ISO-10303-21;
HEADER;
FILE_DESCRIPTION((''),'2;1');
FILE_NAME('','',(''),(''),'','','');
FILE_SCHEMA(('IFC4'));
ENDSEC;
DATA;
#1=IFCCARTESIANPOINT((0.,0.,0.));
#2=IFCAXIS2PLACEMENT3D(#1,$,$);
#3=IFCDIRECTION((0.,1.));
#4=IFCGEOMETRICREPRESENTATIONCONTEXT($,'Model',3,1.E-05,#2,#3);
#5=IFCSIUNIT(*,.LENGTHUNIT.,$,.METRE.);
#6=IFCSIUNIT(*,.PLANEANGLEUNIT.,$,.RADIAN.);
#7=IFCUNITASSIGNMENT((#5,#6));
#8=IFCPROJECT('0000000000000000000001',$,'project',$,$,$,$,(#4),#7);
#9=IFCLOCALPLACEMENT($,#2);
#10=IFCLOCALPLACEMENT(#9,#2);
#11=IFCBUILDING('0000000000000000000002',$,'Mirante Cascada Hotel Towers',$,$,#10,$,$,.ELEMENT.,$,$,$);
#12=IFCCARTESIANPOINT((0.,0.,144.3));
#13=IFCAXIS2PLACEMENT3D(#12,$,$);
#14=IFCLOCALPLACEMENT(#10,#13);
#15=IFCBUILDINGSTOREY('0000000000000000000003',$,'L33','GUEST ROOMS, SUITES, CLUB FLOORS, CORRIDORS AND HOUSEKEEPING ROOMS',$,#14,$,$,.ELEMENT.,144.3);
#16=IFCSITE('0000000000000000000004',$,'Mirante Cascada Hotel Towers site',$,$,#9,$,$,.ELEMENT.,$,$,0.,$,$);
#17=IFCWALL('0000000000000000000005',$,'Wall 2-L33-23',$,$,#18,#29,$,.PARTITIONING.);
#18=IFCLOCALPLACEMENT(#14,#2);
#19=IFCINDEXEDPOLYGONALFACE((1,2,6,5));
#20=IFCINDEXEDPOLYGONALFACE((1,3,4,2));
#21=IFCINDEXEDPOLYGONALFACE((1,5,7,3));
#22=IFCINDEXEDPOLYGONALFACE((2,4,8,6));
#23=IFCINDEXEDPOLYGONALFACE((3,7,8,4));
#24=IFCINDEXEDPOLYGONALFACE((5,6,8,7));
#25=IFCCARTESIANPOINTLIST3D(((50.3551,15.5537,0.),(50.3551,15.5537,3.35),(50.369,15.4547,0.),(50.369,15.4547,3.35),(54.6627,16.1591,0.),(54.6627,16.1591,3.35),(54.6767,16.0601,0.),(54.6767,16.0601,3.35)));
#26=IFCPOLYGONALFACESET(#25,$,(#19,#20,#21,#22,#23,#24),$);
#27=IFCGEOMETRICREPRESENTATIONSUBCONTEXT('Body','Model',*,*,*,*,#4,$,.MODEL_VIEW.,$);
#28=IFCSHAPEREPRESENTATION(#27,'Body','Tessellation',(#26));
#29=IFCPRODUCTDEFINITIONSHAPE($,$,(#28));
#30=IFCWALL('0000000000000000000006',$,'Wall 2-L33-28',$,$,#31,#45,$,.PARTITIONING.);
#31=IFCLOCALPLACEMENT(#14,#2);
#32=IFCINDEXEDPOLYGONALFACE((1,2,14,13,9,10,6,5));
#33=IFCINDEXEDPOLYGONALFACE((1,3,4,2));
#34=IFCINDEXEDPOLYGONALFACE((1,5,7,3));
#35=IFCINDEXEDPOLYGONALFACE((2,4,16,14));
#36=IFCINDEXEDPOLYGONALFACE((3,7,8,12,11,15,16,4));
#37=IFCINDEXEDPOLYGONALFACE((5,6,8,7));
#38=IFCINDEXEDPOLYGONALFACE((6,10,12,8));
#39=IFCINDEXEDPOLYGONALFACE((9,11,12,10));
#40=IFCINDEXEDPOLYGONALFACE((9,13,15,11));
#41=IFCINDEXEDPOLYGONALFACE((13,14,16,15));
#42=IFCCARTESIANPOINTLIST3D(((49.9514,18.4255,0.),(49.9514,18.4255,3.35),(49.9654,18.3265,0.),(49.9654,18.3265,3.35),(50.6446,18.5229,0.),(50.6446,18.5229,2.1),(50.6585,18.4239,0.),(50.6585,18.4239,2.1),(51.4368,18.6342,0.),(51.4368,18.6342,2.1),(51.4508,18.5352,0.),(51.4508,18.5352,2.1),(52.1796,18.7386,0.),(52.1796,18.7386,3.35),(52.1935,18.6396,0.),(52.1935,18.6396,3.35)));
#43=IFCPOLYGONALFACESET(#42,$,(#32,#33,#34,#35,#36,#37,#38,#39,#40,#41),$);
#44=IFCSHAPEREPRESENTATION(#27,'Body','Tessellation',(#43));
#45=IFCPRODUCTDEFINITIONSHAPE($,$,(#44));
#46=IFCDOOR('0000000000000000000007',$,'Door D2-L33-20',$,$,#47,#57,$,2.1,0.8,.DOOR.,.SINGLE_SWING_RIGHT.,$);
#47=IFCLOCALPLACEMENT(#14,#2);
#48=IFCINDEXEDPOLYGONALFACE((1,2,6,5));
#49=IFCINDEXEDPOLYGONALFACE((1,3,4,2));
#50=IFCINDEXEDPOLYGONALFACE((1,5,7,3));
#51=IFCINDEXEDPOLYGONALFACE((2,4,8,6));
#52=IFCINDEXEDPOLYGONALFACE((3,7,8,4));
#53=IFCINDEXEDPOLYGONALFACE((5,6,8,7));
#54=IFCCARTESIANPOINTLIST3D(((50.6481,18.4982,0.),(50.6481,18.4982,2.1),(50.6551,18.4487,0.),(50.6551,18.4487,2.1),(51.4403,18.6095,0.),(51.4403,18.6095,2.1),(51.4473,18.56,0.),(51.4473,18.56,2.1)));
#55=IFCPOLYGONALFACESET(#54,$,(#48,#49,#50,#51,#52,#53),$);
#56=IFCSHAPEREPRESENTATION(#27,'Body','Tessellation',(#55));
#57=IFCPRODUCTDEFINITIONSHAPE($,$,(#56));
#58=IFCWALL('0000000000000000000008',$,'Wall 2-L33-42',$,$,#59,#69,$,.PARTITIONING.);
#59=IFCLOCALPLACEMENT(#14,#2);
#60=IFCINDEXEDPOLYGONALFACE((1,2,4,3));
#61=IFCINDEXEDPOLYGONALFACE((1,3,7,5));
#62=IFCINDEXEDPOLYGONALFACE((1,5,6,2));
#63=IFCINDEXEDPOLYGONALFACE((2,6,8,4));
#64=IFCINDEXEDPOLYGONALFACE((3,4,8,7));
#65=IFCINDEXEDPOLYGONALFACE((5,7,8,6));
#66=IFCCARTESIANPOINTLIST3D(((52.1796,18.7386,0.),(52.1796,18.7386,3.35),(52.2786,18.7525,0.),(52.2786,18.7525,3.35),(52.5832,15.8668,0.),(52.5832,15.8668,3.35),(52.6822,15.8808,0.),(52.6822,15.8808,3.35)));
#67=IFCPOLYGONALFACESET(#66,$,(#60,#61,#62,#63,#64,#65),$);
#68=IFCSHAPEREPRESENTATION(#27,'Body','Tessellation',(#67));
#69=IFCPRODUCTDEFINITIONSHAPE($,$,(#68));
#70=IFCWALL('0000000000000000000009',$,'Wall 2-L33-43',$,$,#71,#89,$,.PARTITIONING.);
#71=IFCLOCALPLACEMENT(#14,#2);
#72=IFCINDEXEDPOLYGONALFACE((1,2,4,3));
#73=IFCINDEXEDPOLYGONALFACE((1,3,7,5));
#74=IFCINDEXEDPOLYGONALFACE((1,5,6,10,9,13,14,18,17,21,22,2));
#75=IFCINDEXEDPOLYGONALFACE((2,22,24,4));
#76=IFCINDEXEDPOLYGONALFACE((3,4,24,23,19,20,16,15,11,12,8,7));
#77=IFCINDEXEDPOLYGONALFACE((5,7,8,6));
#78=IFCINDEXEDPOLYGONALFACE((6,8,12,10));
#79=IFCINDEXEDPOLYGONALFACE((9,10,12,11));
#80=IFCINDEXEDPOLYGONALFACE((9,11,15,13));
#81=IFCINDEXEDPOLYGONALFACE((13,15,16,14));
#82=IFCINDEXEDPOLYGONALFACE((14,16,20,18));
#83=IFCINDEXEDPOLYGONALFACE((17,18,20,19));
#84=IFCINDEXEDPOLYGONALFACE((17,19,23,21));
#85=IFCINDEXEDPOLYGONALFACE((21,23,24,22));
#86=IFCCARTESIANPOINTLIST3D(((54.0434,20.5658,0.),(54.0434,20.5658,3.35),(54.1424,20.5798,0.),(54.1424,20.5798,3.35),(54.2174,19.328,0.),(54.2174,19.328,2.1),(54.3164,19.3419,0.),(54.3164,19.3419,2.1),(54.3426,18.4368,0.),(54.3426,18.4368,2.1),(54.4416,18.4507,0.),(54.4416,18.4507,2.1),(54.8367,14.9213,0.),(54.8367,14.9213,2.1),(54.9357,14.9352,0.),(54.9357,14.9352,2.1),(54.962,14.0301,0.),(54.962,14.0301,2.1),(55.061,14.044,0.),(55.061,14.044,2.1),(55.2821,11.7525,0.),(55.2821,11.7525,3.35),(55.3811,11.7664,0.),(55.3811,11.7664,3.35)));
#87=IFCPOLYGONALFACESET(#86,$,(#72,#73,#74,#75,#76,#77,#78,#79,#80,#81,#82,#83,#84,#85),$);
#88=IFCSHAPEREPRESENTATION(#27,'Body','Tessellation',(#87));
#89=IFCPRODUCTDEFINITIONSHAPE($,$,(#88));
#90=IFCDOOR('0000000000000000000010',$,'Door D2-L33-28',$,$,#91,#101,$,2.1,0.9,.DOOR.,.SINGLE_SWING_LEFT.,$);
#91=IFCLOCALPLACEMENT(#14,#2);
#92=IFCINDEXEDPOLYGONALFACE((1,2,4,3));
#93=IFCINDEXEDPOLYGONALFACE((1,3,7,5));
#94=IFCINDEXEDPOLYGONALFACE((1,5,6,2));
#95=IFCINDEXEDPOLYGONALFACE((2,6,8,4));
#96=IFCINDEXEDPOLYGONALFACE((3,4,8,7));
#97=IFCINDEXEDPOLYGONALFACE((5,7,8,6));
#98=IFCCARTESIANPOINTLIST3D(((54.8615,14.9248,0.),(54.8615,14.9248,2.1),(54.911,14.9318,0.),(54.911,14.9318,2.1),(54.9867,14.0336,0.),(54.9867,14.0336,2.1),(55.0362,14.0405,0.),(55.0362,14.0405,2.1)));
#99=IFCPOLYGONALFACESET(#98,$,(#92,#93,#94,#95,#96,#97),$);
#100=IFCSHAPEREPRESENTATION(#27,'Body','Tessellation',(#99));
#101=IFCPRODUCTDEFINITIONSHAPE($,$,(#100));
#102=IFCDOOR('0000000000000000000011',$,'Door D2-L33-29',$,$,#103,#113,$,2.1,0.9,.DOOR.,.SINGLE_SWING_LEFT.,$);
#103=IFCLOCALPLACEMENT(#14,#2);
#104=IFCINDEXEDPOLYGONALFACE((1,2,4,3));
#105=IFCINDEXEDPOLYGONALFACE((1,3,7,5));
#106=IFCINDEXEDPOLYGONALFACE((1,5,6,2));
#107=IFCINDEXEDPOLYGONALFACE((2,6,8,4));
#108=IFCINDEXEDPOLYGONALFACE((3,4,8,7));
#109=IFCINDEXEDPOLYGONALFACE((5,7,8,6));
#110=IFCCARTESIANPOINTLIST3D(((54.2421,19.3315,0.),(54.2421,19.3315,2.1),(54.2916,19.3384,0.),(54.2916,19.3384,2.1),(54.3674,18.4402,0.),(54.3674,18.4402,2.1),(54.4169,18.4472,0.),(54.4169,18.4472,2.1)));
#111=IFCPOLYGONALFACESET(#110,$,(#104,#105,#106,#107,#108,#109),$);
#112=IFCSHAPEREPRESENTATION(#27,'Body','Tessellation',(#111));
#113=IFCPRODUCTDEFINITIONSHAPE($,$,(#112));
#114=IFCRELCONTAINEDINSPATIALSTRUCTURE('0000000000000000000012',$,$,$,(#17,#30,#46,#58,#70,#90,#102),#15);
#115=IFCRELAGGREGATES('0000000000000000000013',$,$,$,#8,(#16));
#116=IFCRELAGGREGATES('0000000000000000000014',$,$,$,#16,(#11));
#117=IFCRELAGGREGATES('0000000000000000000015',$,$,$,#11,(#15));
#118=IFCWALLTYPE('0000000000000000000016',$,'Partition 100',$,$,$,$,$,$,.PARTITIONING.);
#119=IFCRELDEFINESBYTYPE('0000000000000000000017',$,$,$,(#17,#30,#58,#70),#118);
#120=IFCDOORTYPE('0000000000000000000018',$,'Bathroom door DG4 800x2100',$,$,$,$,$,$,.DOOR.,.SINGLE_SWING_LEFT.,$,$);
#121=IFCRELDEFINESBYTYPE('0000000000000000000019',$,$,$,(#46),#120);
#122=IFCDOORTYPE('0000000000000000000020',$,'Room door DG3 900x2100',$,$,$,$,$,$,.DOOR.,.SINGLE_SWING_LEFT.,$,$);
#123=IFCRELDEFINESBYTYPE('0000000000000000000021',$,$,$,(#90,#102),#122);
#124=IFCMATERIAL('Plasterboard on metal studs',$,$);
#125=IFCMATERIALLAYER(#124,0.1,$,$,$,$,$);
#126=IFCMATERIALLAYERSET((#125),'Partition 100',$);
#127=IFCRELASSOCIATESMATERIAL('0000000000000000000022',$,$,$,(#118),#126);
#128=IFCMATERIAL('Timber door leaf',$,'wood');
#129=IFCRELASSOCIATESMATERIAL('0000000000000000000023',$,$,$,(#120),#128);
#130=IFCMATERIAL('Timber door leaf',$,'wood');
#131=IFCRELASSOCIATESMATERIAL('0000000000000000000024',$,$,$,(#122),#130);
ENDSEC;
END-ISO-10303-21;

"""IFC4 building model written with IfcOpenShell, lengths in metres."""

from ifc_helpers import new_model, si_unit, direction, frame, frame_2d, origin, place, context, subcontext, project, spatial, rectangle, extrude, material, layer, layer_set, type_object, element, fill, save


model = new_model("IFC4")

# Units and contexts
model_context = context("Model", 3, precision=1e-05, world=origin(), true_north=direction((0.0, 1.0)))
body_context = subcontext(model_context, "Body", "Model", "MODEL_VIEW")
ifc_project = project(units=[si_unit("LENGTHUNIT", "METRE"), si_unit("PLANEANGLEUNIT", "RADIAN")], contexts=[model_context])

# Site, building, storey
site_placement = place(None, origin())
site = spatial("IfcSite", under=ifc_project, at=site_placement, Name="Mirante Cascada Hotel Towers site", CompositionType="ELEMENT", RefElevation=0.0)
building_placement = place(site_placement, origin())
building = spatial("IfcBuilding", under=site, at=building_placement, Name="Mirante Cascada Hotel Towers", CompositionType="ELEMENT")
storey_placement = place(building_placement, frame((0.0, 0.0, 144.3)))
storey = spatial("IfcBuildingStorey", under=building, at=storey_placement, Name="L33", Description="GUEST ROOMS, SUITES, CLUB FLOORS, CORRIDORS AND HOUSEKEEPING ROOMS", CompositionType="ELEMENT", Elevation=144.3)

# Wall
ifc_material_1 = material(Name="Plasterboard on metal studs")
ifc_layer_1 = layer(ifc_material_1, 0.1)
ifc_layer_set_1 = layer_set([ifc_layer_1], Name="Partition 100")
wall_type_1 = type_object("IfcWallType", Name="Partition 100", PredefinedType="PARTITIONING", material=ifc_layer_set_1)
wall_1_placement = place(storey_placement, frame((54.6697, 16.1096, 0.0), z_axis=(0.0, 0.0, 1.0), x_axis=(-0.990268, -0.139171, 0.0)))
element("IfcWall", 1, at=wall_1_placement, inside=storey, type_object=wall_type_1, Name="Wall 2-L33-23", PredefinedType="PARTITIONING", context=body_context, shape_type="SweptSolid", body=[
    extrude(rectangle(XDim=4.35, YDim=0.1, at=frame_2d((2.175, 0.0))), origin(), (0.0, 0.0, 1.0), 3.35),
])

# Wall, opening, door
wall_2_placement = place(storey_placement, frame((49.9584, 18.376, 0.0), z_axis=(0.0, 0.0, 1.0), x_axis=(0.990271, 0.139156, 0.0)))
wall_2 = element("IfcWall", 2, at=wall_2_placement, inside=storey, type_object=wall_type_1, Name="Wall 2-L33-28", PredefinedType="PARTITIONING", context=body_context, shape_type="SweptSolid", body=[
    extrude(rectangle(XDim=2.25, YDim=0.1, at=frame_2d((1.125, 0.0))), origin(), (0.0, 0.0, 1.0), 3.35),
])
opening_1_placement = place(wall_2_placement, frame((0.7, 0.0, 0.0)))
opening_1 = element("IfcOpeningElement", 3, at=opening_1_placement, cuts=wall_2, PredefinedType="OPENING", context=body_context, shape_type="SweptSolid", body=[
    extrude(rectangle(XDim=0.8, YDim=2.1, at=frame_2d((0.4, 1.05))), frame((0.0, 0.05, 0.0), z_axis=(0.0, -1.0, 0.0), x_axis=(1.0, 0.0, 0.0)), (0.0, 0.0, 1.0), 0.1),
])
ifc_material_2 = material(Name="Timber door leaf", Category="wood")
door_type_1 = type_object("IfcDoorType", Name="Bathroom door DG4 800x2100", OperationType="SINGLE_SWING_LEFT", PredefinedType="DOOR", material=ifc_material_2)
door_1_placement = place(opening_1_placement, frame((0.8, 0.0, 0.0), z_axis=(0.0, 0.0, 1.0), x_axis=(-1.0, 0.0, 0.0)))
door_1 = element("IfcDoor", 4, at=door_1_placement, inside=storey, type_object=door_type_1, Name="Door D2-L33-20", OperationType="SINGLE_SWING_RIGHT", OverallHeight=2.1, OverallWidth=0.8, PredefinedType="DOOR", context=body_context, shape_type="SweptSolid", body=[
    extrude(rectangle(XDim=0.8, YDim=2.1, at=frame_2d((0.4, 1.05))), frame((0.0, 0.025, 0.0), z_axis=(0.0, -1.0, 0.0), x_axis=(1.0, 0.0, 0.0)), (0.0, 0.0, 1.0), 0.05),
])
fill(opening_1, door_1)

# Wall
wall_3_placement = place(storey_placement, frame((52.6327, 15.8738, 0.0), z_axis=(0.0, 0.0, 1.0), x_axis=(-0.139171, 0.990268, 0.0)))
element("IfcWall", 5, at=wall_3_placement, inside=storey, type_object=wall_type_1, Name="Wall 2-L33-42", PredefinedType="PARTITIONING", context=body_context, shape_type="SweptSolid", body=[
    extrude(rectangle(XDim=2.9, YDim=0.1, at=frame_2d((1.45, 0.0))), origin(), (0.0, 0.0, 1.0), 3.35),
])

# Wall, openings, doors
wall_4_placement = place(storey_placement, frame((54.0929, 20.5728, 0.0), z_axis=(0.0, 0.0, 1.0), x_axis=(0.139179, -0.990267, 0.0)))
wall_4 = element("IfcWall", 6, at=wall_4_placement, inside=storey, type_object=wall_type_1, Name="Wall 2-L33-43", PredefinedType="PARTITIONING", context=body_context, shape_type="SweptSolid", body=[
    extrude(rectangle(XDim=8.9, YDim=0.1, at=frame_2d((4.45, 0.0))), origin(), (0.0, 0.0, 1.0), 3.35),
])
opening_2_placement = place(wall_4_placement, frame((5.7, 0.0, 0.0)))
opening_2 = element("IfcOpeningElement", 7, at=opening_2_placement, cuts=wall_4, PredefinedType="OPENING", context=body_context, shape_type="SweptSolid", body=[
    extrude(rectangle(XDim=0.9, YDim=2.1, at=frame_2d((0.45, 1.05))), frame((0.0, 0.05, 0.0), z_axis=(0.0, -1.0, 0.0), x_axis=(1.0, 0.0, 0.0)), (0.0, 0.0, 1.0), 0.1),
])
opening_3_placement = place(wall_4_placement, frame((1.25, 0.0, 0.0)))
opening_3 = element("IfcOpeningElement", 8, at=opening_3_placement, cuts=wall_4, PredefinedType="OPENING", context=body_context, shape_type="SweptSolid", body=[
    extrude(rectangle(XDim=0.9, YDim=2.1, at=frame_2d((0.45, 1.05))), frame((0.0, 0.05, 0.0), z_axis=(0.0, -1.0, 0.0), x_axis=(1.0, 0.0, 0.0)), (0.0, 0.0, 1.0), 0.1),
])
ifc_material_3 = material(Name="Timber door leaf", Category="wood")
door_type_2 = type_object("IfcDoorType", Name="Room door DG3 900x2100", OperationType="SINGLE_SWING_LEFT", PredefinedType="DOOR", material=ifc_material_3)
door_2_placement = place(opening_2_placement, origin())
door_2 = element("IfcDoor", 9, at=door_2_placement, inside=storey, type_object=door_type_2, Name="Door D2-L33-28", OperationType="SINGLE_SWING_LEFT", OverallHeight=2.1, OverallWidth=0.9, PredefinedType="DOOR", context=body_context, shape_type="SweptSolid", body=[
    extrude(rectangle(XDim=0.9, YDim=2.1, at=frame_2d((0.45, 1.05))), frame((0.0, 0.025, 0.0), z_axis=(0.0, -1.0, 0.0), x_axis=(1.0, 0.0, 0.0)), (0.0, 0.0, 1.0), 0.05),
])
fill(opening_2, door_2)
door_3_placement = place(opening_3_placement, origin())
door_3 = element("IfcDoor", 10, at=door_3_placement, inside=storey, type_object=door_type_2, Name="Door D2-L33-29", OperationType="SINGLE_SWING_LEFT", OverallHeight=2.1, OverallWidth=0.9, PredefinedType="DOOR", context=body_context, shape_type="SweptSolid", body=[
    extrude(rectangle(XDim=0.9, YDim=2.1, at=frame_2d((0.45, 1.05))), frame((0.0, 0.025, 0.0), z_axis=(0.0, -1.0, 0.0), x_axis=(1.0, 0.0, 0.0)), (0.0, 0.0, 1.0), 0.05),
])
fill(opening_3, door_3)

save(model, "model.ifc")
